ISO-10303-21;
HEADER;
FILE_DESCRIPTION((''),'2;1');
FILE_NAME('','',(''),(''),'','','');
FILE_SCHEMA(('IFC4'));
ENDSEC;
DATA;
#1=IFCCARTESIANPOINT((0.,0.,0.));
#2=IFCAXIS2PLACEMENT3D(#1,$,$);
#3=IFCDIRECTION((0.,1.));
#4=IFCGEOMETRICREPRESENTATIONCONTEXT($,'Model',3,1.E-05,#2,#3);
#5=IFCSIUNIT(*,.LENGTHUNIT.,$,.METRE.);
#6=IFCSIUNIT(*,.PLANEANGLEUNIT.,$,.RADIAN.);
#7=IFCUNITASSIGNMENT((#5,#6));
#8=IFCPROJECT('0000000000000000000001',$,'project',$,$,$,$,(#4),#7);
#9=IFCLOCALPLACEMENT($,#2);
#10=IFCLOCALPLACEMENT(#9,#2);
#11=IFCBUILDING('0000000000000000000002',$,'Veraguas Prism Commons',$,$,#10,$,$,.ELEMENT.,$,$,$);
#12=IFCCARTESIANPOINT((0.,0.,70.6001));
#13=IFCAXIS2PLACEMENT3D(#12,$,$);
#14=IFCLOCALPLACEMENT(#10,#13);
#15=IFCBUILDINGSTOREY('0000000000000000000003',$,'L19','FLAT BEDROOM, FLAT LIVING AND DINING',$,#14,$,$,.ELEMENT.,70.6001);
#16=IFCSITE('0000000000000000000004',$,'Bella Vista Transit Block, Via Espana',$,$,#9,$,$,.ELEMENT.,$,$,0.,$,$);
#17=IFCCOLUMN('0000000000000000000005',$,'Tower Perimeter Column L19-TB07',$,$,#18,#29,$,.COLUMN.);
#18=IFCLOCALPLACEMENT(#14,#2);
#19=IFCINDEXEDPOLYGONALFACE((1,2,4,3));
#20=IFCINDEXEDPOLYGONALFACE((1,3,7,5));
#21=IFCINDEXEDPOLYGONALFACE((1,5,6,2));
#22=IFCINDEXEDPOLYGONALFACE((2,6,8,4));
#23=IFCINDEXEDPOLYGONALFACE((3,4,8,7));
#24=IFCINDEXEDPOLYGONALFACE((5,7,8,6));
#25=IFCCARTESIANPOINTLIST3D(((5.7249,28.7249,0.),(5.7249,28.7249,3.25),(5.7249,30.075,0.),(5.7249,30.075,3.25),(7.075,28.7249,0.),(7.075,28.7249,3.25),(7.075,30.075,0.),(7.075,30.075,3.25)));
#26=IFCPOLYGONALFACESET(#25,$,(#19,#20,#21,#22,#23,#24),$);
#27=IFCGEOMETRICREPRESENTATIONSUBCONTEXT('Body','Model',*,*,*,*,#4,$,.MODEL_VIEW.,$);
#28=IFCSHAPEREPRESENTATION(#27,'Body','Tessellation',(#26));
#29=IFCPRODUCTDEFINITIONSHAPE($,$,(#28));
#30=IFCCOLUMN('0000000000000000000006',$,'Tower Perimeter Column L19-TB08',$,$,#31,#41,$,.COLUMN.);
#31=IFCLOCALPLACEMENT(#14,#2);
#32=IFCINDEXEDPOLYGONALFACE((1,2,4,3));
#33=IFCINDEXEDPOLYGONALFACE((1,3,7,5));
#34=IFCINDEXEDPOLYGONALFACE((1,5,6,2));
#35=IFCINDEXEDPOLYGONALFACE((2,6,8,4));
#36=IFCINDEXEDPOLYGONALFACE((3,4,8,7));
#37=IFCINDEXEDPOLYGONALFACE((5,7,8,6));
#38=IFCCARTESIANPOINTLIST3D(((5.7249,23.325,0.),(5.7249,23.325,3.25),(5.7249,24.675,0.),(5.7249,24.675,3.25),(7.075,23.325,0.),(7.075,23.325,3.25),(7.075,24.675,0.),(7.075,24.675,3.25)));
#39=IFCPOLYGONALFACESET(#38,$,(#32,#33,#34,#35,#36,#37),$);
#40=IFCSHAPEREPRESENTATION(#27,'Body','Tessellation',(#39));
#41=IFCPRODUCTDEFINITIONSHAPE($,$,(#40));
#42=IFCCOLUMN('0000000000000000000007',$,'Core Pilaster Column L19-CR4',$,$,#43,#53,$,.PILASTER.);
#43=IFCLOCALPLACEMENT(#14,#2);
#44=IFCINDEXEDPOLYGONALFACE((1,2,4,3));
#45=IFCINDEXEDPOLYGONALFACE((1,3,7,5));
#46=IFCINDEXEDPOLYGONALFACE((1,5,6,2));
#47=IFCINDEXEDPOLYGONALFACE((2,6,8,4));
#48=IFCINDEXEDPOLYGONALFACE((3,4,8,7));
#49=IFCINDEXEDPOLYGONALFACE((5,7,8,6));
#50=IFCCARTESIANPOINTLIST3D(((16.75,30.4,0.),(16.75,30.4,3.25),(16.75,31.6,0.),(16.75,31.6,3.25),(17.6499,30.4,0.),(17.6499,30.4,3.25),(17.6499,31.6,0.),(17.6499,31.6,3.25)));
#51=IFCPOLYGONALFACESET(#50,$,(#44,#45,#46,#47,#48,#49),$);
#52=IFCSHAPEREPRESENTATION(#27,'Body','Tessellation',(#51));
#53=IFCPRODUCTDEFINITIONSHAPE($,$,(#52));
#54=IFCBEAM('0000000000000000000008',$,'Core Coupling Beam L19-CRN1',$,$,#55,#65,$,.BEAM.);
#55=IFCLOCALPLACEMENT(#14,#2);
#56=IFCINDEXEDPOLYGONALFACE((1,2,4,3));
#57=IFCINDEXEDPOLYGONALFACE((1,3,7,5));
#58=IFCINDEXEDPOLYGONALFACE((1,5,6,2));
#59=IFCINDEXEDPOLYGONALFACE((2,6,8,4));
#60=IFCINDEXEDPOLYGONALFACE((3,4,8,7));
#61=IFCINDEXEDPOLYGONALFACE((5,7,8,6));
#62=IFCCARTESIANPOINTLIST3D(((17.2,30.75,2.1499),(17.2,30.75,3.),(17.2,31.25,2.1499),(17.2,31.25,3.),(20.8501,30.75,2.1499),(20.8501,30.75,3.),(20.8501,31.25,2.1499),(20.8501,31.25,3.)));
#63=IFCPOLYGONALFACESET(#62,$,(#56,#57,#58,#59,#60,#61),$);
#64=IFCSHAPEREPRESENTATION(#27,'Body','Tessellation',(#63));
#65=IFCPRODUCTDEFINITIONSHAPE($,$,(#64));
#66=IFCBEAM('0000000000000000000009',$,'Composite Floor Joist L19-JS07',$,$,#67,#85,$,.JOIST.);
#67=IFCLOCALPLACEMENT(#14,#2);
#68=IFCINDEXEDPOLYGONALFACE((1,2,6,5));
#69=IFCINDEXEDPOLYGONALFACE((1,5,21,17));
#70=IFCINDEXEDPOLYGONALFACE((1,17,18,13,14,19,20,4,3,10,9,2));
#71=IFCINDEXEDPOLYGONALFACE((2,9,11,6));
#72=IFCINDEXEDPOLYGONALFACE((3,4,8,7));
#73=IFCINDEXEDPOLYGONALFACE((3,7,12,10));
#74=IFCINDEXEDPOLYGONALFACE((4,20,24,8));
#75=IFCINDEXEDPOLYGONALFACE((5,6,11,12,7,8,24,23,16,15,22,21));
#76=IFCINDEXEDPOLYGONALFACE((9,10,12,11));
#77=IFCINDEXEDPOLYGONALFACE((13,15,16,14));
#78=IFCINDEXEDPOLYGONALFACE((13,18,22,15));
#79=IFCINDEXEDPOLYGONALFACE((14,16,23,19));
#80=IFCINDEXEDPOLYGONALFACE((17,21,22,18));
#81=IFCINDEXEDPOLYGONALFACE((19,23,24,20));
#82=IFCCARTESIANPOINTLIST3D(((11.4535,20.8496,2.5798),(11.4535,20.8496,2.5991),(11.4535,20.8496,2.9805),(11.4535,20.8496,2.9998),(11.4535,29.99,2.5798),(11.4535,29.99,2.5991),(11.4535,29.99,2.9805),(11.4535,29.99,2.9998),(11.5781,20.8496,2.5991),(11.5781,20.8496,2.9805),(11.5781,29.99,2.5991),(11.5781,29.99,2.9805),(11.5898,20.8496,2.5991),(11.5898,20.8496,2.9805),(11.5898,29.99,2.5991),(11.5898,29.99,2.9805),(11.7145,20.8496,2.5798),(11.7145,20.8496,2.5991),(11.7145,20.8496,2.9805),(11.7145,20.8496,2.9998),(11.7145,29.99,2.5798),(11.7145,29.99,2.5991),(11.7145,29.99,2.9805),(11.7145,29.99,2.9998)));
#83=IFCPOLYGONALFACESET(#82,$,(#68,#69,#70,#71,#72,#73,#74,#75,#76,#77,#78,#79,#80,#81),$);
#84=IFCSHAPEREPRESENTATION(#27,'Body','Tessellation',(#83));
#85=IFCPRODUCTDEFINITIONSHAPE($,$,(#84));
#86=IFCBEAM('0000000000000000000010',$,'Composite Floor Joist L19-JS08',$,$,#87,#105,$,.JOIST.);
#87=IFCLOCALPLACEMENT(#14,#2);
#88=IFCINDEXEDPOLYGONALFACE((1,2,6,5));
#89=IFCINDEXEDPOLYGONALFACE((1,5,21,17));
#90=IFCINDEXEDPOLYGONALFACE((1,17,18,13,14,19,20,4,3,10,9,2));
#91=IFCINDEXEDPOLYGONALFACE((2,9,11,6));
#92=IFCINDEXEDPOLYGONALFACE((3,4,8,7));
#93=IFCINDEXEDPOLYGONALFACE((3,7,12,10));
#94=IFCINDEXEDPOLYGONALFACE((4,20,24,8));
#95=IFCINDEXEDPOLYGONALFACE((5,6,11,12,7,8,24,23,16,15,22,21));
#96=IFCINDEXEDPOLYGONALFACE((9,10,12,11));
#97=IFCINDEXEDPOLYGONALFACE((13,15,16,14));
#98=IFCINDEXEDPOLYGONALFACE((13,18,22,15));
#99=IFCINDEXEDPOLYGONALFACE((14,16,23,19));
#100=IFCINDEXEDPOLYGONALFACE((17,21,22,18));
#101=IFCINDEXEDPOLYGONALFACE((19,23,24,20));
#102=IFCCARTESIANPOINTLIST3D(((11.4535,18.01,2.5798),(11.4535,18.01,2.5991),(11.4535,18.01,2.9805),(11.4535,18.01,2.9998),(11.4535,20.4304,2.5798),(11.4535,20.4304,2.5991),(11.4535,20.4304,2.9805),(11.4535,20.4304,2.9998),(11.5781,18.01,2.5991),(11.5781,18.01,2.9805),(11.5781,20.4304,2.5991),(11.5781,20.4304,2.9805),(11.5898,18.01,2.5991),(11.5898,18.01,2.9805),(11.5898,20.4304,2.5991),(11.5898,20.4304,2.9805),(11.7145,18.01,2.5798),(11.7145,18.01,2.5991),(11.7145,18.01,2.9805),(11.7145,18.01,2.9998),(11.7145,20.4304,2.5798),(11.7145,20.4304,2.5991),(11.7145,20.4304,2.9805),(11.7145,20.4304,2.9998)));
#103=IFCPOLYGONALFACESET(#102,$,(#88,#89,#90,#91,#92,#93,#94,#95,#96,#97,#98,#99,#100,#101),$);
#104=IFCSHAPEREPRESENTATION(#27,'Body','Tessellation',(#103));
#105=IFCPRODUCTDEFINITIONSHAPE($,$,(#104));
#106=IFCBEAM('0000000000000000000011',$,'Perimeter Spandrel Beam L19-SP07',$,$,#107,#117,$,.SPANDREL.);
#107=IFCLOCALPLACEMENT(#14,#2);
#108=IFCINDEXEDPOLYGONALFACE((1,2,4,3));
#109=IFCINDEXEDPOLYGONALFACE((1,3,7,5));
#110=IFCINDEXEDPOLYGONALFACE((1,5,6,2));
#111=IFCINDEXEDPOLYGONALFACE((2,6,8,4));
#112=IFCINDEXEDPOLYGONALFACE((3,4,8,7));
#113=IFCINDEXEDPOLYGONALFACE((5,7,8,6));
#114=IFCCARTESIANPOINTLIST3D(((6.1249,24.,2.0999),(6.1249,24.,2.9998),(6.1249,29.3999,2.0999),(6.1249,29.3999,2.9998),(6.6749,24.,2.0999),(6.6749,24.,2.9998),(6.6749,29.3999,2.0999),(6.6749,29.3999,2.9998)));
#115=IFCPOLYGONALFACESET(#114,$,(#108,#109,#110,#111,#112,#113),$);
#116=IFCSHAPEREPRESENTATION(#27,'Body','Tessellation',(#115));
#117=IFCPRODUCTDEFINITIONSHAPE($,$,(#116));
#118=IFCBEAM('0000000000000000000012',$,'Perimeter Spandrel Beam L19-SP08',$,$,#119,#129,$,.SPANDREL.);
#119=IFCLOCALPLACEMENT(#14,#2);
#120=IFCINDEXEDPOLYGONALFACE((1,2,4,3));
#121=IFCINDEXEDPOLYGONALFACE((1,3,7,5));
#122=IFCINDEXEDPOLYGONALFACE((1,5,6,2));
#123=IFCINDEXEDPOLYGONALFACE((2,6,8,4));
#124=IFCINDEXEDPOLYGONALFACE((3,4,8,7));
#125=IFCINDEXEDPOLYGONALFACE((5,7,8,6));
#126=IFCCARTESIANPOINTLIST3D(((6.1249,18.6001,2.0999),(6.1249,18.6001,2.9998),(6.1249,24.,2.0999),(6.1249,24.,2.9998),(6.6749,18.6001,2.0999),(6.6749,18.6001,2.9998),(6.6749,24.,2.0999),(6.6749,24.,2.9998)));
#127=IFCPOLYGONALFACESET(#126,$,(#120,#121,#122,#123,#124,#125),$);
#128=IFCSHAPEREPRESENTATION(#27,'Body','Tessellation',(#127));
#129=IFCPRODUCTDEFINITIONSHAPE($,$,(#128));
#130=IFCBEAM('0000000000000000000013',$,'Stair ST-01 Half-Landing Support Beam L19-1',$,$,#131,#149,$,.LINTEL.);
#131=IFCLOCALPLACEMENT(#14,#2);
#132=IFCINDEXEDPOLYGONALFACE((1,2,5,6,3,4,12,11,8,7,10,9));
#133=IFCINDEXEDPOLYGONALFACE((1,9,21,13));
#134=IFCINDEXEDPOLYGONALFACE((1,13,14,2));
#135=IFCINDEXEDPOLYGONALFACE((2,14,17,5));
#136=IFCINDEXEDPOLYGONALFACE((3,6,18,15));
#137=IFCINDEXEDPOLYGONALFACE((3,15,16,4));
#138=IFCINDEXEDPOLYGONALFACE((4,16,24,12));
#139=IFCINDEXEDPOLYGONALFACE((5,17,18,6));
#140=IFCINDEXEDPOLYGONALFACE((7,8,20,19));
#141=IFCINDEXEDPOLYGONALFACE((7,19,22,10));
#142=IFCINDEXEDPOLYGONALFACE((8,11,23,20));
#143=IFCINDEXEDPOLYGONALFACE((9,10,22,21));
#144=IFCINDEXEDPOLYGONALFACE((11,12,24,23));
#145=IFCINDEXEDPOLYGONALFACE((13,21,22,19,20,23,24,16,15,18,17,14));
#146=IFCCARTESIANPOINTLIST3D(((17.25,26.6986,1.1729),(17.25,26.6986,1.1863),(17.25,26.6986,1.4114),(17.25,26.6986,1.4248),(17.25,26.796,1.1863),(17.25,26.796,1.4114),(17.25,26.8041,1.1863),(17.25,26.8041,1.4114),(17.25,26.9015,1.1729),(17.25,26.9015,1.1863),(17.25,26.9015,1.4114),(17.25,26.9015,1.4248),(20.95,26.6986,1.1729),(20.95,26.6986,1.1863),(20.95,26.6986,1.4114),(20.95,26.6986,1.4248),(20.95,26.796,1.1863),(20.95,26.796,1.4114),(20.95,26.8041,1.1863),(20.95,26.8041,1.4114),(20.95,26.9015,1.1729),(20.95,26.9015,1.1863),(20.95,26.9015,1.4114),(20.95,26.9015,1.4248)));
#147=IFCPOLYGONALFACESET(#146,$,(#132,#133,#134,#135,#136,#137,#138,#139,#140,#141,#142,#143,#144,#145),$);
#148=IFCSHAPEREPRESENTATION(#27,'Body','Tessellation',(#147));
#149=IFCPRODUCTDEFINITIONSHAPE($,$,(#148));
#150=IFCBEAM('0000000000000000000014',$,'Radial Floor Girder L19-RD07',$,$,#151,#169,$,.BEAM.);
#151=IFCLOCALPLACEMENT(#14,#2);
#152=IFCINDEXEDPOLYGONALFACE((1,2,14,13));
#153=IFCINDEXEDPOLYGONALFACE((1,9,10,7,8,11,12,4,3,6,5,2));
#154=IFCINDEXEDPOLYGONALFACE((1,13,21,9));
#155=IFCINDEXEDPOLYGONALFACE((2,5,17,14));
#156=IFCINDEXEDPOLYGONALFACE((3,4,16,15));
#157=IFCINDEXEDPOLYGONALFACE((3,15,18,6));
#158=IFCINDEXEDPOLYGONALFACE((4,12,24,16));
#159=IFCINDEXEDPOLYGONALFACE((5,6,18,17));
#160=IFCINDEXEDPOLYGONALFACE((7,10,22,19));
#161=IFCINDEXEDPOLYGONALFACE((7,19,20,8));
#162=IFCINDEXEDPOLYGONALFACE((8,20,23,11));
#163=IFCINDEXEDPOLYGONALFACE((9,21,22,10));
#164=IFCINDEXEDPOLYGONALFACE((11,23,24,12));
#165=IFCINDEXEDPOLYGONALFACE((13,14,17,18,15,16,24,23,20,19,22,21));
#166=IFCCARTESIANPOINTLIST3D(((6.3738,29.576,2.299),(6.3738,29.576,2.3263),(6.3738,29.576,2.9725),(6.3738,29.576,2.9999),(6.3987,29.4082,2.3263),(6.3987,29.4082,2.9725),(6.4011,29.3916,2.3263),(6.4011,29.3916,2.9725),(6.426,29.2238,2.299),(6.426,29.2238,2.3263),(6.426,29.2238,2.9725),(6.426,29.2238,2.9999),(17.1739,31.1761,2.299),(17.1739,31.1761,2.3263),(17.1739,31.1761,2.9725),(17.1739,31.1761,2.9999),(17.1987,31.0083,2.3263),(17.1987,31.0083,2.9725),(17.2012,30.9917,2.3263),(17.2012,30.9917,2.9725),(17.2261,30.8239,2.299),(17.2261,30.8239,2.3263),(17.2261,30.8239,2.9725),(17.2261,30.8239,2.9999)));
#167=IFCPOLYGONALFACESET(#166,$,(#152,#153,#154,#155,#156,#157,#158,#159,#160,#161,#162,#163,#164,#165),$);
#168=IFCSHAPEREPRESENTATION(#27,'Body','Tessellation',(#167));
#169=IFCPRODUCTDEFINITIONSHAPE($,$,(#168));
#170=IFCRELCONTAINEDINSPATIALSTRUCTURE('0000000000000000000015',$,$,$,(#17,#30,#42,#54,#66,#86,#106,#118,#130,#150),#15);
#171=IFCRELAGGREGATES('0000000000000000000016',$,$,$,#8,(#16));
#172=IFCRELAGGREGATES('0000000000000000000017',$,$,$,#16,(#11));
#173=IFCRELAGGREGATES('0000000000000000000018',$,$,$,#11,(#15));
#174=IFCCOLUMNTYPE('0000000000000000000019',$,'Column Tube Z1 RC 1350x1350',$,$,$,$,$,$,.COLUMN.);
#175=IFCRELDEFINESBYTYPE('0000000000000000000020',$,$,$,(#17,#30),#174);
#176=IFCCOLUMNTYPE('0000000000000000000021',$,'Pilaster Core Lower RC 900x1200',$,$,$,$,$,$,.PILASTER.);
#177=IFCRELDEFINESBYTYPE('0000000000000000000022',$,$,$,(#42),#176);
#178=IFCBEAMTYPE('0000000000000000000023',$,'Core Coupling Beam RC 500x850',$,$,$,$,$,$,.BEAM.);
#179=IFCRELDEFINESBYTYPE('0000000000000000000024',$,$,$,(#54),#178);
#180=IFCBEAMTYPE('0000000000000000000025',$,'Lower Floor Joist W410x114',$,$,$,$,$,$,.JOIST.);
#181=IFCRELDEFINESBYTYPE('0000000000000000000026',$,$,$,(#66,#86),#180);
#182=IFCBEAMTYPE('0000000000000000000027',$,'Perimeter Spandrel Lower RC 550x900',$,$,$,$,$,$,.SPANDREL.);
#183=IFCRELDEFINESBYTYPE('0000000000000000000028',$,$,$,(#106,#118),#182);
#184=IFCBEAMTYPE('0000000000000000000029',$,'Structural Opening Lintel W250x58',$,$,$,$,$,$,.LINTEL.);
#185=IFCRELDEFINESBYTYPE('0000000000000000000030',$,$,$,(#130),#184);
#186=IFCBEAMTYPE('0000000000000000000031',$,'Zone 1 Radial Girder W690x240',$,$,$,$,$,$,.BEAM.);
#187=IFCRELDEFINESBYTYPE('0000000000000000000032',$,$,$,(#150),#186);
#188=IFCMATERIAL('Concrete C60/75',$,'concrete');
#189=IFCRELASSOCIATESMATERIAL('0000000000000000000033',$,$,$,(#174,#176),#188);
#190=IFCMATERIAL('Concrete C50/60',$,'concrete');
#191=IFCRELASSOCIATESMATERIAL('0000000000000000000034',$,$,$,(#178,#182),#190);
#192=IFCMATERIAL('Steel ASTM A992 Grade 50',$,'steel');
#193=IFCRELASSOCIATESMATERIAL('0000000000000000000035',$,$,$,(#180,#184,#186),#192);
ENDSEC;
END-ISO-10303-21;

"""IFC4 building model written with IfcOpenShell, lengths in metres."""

from ifc_helpers import new_model, si_unit, direction, frame, origin, origin_2d, place, context, subcontext, project, spatial, rectangle, i_section, extrude, material, material_profile, profile_set, type_object, element, save


model = new_model("IFC4")

# Units and contexts
model_context = context("Model", 3, precision=1e-05, world=origin(), true_north=direction((0.0, 1.0)))
body_context = subcontext(model_context, "Body", "Model", "MODEL_VIEW")
ifc_project = project(units=[si_unit("LENGTHUNIT", "METRE"), si_unit("PLANEANGLEUNIT", "RADIAN")], contexts=[model_context])

# Site, building, storey
site_placement = place(None, origin())
site = spatial("IfcSite", under=ifc_project, at=site_placement, Name="Bella Vista Transit Block, Via Espana", CompositionType="ELEMENT", RefElevation=0.0)
building_placement = place(site_placement, origin())
building = spatial("IfcBuilding", under=site, at=building_placement, Name="Veraguas Prism Commons", CompositionType="ELEMENT")
storey_placement = place(building_placement, frame((0.0, 0.0, 70.6001)))
storey = spatial("IfcBuildingStorey", under=building, at=storey_placement, Name="L19", Description="FLAT BEDROOM, FLAT LIVING AND DINING", CompositionType="ELEMENT", Elevation=70.6001)

# Columns
ifc_material_1 = material(Name="Concrete C60/75", Category="concrete")
ifc_material_profile_1 = material_profile(ifc_material_1, rectangle(XDim=1.3501, YDim=1.3501, at=origin_2d()), Name="RC1350X1350")
ifc_profile_set_1 = profile_set([ifc_material_profile_1], Name="Concrete C60/75")
column_type_1 = type_object("IfcColumnType", Name="Column Tube Z1 RC 1350x1350", PredefinedType="COLUMN", material=ifc_profile_set_1)
for number, where, z_axis, x_axis, name in (
    (1, (6.3999, 29.3999, 0.0), (0.0, 0.0, 1.0), (1.0, 0.0, 0.0), "Tower Perimeter Column L19-TB07"),
    (2, (6.3999, 24.0, 0.0), (0.0, 0.0, 1.0), (1.0, 0.0, 0.0), "Tower Perimeter Column L19-TB08"),
):
    element("IfcColumn", number, at=place(storey_placement, frame(where, z_axis=z_axis, x_axis=x_axis)), inside=storey, type_object=column_type_1, Name=name, PredefinedType="COLUMN", context=body_context, shape_type="SweptSolid", body=[
        extrude(rectangle(XDim=1.3501, YDim=1.3501, at=origin_2d()), origin(), (0.0, 0.0, 1.0), 3.25),
    ])
ifc_material_profile_2 = material_profile(ifc_material_1, rectangle(XDim=0.8999, YDim=1.2, at=origin_2d()), Name="RC900X1200")
ifc_profile_set_2 = profile_set([ifc_material_profile_2], Name="Concrete C60/75")
column_type_2 = type_object("IfcColumnType", Name="Pilaster Core Lower RC 900x1200", PredefinedType="PILASTER", material=ifc_profile_set_2)
column_placement = place(storey_placement, frame((17.2, 31.0, 0.0), z_axis=(0.0, 0.0, 1.0), x_axis=(1.0, 0.0, 0.0)))
element("IfcColumn", 3, at=column_placement, inside=storey, type_object=column_type_2, Name="Core Pilaster Column L19-CR4", PredefinedType="PILASTER", context=body_context, shape_type="SweptSolid", body=[
    extrude(rectangle(XDim=0.8999, YDim=1.2, at=origin_2d()), origin(), (0.0, 0.0, 1.0), 3.25),
])

# Beams
ifc_material_2 = material(Name="Concrete C50/60", Category="concrete")
ifc_material_profile_3 = material_profile(ifc_material_2, rectangle(XDim=0.5, YDim=0.8501, at=origin_2d()), Name="RC500X850")
ifc_profile_set_3 = profile_set([ifc_material_profile_3], Name="Concrete C50/60")
beam_type_1 = type_object("IfcBeamType", Name="Core Coupling Beam RC 500x850", PredefinedType="BEAM", material=ifc_profile_set_3)
beam_1_placement = place(storey_placement, frame((17.2, 31.0, 2.575), z_axis=(1.0, 0.0, 0.0), x_axis=(0.0, 1.0, 0.0)))
element("IfcBeam", 4, at=beam_1_placement, inside=storey, type_object=beam_type_1, Name="Core Coupling Beam L19-CRN1", PredefinedType="BEAM", context=body_context, shape_type="SweptSolid", body=[
    extrude(rectangle(XDim=0.5, YDim=0.8501, at=origin_2d()), origin(), (0.0, 0.0, 1.0), 3.6501),
])
ifc_material_3 = material(Name="Steel ASTM A992 Grade 50", Category="steel")
ifc_material_profile_4 = material_profile(ifc_material_3, i_section(OverallWidth=0.261, OverallDepth=0.4199, WebThickness=0.0117, FlangeThickness=0.0193, at=origin_2d()), Name="W410X114")
ifc_profile_set_4 = profile_set([ifc_material_profile_4], Name="Steel ASTM A992 Grade 50")
beam_type_2 = type_object("IfcBeamType", Name="Lower Floor Joist W410x114", PredefinedType="JOIST", material=ifc_profile_set_4)
beam_2_placement = place(storey_placement, frame((11.584, 29.99, 2.7898), z_axis=(0.0, -1.0, 0.0), x_axis=(1.0, 0.0, 0.0)))
element("IfcBeam", 5, at=beam_2_placement, inside=storey, type_object=beam_type_2, Name="Composite Floor Joist L19-JS07", PredefinedType="JOIST", context=body_context, shape_type="SweptSolid", body=[
    extrude(i_section(OverallWidth=0.261, OverallDepth=0.4199, WebThickness=0.0117, FlangeThickness=0.0193, at=origin_2d()), origin(), (0.0, 0.0, 1.0), 9.1404),
])
beam_3_placement = place(storey_placement, frame((11.584, 20.4304, 2.7898), z_axis=(0.0, -1.0, 0.0), x_axis=(1.0, 0.0, 0.0)))
element("IfcBeam", 6, at=beam_3_placement, inside=storey, type_object=beam_type_2, Name="Composite Floor Joist L19-JS08", PredefinedType="JOIST", context=body_context, shape_type="SweptSolid", body=[
    extrude(i_section(OverallWidth=0.261, OverallDepth=0.4199, WebThickness=0.0117, FlangeThickness=0.0193, at=origin_2d()), origin(), (0.0, 0.0, 1.0), 2.4204),
])
ifc_material_profile_5 = material_profile(ifc_material_2, rectangle(XDim=0.55, YDim=0.8999, at=origin_2d()), Name="RC550X900")
ifc_profile_set_5 = profile_set([ifc_material_profile_5], Name="Concrete C50/60")
beam_type_3 = type_object("IfcBeamType", Name="Perimeter Spandrel Lower RC 550x900", PredefinedType="SPANDREL", material=ifc_profile_set_5)
for number, where, z_axis, x_axis, name in (
    (7, (6.3999, 29.3999, 2.5498), (0.0, -1.0, 0.0), (1.0, 0.0, 0.0), "Perimeter Spandrel Beam L19-SP07"),
    (8, (6.3999, 24.0, 2.5498), (0.0, -1.0, 0.0), (1.0, 0.0, 0.0), "Perimeter Spandrel Beam L19-SP08"),
):
    element("IfcBeam", number, at=place(storey_placement, frame(where, z_axis=z_axis, x_axis=x_axis)), inside=storey, type_object=beam_type_3, Name=name, PredefinedType="SPANDREL", context=body_context, shape_type="SweptSolid", body=[
        extrude(rectangle(XDim=0.55, YDim=0.8999, at=origin_2d()), origin(), (0.0, 0.0, 1.0), 5.3999),
    ])
ifc_material_profile_6 = material_profile(ifc_material_3, i_section(OverallWidth=0.2029, OverallDepth=0.252, WebThickness=0.0081, FlangeThickness=0.0134, at=origin_2d()), Name="W250X58")
ifc_profile_set_6 = profile_set([ifc_material_profile_6], Name="Steel ASTM A992 Grade 50")
beam_type_4 = type_object("IfcBeamType", Name="Structural Opening Lintel W250x58", PredefinedType="LINTEL", material=ifc_profile_set_6)
beam_4_placement = place(storey_placement, frame((17.25, 26.8, 1.2988), z_axis=(1.0, 0.0, 0.0), x_axis=(0.0, 1.0, 0.0)))
element("IfcBeam", 9, at=beam_4_placement, inside=storey, type_object=beam_type_4, Name="Stair ST-01 Half-Landing Support Beam L19-1", PredefinedType="LINTEL", context=body_context, shape_type="SweptSolid", body=[
    extrude(i_section(OverallWidth=0.2029, OverallDepth=0.252, WebThickness=0.0081, FlangeThickness=0.0134, at=origin_2d()), origin(), (0.0, 0.0, 1.0), 3.7),
])
ifc_material_profile_7 = material_profile(ifc_material_3, i_section(OverallWidth=0.356, OverallDepth=0.7009, WebThickness=0.0168, FlangeThickness=0.0273, at=origin_2d()), Name="W690X240")
ifc_profile_set_7 = profile_set([ifc_material_profile_7], Name="Steel ASTM A992 Grade 50")
beam_type_5 = type_object("IfcBeamType", Name="Zone 1 Radial Girder W690x240", PredefinedType="BEAM", material=ifc_profile_set_7)
beam_5_placement = place(storey_placement, frame((6.3999, 29.3999, 2.6494), z_axis=(0.989202, 0.146557, 0.0), x_axis=(-0.146557, 0.989202, 0.0)))
element("IfcBeam", 10, at=beam_5_placement, inside=storey, type_object=beam_type_5, Name="Radial Floor Girder L19-RD07", PredefinedType="BEAM", context=body_context, shape_type="SweptSolid", body=[
    extrude(i_section(OverallWidth=0.356, OverallDepth=0.7009, WebThickness=0.0168, FlangeThickness=0.0273, at=origin_2d()), origin(), (0.0, 0.0, 1.0), 10.918),
])

save(model, "model.ifc")
